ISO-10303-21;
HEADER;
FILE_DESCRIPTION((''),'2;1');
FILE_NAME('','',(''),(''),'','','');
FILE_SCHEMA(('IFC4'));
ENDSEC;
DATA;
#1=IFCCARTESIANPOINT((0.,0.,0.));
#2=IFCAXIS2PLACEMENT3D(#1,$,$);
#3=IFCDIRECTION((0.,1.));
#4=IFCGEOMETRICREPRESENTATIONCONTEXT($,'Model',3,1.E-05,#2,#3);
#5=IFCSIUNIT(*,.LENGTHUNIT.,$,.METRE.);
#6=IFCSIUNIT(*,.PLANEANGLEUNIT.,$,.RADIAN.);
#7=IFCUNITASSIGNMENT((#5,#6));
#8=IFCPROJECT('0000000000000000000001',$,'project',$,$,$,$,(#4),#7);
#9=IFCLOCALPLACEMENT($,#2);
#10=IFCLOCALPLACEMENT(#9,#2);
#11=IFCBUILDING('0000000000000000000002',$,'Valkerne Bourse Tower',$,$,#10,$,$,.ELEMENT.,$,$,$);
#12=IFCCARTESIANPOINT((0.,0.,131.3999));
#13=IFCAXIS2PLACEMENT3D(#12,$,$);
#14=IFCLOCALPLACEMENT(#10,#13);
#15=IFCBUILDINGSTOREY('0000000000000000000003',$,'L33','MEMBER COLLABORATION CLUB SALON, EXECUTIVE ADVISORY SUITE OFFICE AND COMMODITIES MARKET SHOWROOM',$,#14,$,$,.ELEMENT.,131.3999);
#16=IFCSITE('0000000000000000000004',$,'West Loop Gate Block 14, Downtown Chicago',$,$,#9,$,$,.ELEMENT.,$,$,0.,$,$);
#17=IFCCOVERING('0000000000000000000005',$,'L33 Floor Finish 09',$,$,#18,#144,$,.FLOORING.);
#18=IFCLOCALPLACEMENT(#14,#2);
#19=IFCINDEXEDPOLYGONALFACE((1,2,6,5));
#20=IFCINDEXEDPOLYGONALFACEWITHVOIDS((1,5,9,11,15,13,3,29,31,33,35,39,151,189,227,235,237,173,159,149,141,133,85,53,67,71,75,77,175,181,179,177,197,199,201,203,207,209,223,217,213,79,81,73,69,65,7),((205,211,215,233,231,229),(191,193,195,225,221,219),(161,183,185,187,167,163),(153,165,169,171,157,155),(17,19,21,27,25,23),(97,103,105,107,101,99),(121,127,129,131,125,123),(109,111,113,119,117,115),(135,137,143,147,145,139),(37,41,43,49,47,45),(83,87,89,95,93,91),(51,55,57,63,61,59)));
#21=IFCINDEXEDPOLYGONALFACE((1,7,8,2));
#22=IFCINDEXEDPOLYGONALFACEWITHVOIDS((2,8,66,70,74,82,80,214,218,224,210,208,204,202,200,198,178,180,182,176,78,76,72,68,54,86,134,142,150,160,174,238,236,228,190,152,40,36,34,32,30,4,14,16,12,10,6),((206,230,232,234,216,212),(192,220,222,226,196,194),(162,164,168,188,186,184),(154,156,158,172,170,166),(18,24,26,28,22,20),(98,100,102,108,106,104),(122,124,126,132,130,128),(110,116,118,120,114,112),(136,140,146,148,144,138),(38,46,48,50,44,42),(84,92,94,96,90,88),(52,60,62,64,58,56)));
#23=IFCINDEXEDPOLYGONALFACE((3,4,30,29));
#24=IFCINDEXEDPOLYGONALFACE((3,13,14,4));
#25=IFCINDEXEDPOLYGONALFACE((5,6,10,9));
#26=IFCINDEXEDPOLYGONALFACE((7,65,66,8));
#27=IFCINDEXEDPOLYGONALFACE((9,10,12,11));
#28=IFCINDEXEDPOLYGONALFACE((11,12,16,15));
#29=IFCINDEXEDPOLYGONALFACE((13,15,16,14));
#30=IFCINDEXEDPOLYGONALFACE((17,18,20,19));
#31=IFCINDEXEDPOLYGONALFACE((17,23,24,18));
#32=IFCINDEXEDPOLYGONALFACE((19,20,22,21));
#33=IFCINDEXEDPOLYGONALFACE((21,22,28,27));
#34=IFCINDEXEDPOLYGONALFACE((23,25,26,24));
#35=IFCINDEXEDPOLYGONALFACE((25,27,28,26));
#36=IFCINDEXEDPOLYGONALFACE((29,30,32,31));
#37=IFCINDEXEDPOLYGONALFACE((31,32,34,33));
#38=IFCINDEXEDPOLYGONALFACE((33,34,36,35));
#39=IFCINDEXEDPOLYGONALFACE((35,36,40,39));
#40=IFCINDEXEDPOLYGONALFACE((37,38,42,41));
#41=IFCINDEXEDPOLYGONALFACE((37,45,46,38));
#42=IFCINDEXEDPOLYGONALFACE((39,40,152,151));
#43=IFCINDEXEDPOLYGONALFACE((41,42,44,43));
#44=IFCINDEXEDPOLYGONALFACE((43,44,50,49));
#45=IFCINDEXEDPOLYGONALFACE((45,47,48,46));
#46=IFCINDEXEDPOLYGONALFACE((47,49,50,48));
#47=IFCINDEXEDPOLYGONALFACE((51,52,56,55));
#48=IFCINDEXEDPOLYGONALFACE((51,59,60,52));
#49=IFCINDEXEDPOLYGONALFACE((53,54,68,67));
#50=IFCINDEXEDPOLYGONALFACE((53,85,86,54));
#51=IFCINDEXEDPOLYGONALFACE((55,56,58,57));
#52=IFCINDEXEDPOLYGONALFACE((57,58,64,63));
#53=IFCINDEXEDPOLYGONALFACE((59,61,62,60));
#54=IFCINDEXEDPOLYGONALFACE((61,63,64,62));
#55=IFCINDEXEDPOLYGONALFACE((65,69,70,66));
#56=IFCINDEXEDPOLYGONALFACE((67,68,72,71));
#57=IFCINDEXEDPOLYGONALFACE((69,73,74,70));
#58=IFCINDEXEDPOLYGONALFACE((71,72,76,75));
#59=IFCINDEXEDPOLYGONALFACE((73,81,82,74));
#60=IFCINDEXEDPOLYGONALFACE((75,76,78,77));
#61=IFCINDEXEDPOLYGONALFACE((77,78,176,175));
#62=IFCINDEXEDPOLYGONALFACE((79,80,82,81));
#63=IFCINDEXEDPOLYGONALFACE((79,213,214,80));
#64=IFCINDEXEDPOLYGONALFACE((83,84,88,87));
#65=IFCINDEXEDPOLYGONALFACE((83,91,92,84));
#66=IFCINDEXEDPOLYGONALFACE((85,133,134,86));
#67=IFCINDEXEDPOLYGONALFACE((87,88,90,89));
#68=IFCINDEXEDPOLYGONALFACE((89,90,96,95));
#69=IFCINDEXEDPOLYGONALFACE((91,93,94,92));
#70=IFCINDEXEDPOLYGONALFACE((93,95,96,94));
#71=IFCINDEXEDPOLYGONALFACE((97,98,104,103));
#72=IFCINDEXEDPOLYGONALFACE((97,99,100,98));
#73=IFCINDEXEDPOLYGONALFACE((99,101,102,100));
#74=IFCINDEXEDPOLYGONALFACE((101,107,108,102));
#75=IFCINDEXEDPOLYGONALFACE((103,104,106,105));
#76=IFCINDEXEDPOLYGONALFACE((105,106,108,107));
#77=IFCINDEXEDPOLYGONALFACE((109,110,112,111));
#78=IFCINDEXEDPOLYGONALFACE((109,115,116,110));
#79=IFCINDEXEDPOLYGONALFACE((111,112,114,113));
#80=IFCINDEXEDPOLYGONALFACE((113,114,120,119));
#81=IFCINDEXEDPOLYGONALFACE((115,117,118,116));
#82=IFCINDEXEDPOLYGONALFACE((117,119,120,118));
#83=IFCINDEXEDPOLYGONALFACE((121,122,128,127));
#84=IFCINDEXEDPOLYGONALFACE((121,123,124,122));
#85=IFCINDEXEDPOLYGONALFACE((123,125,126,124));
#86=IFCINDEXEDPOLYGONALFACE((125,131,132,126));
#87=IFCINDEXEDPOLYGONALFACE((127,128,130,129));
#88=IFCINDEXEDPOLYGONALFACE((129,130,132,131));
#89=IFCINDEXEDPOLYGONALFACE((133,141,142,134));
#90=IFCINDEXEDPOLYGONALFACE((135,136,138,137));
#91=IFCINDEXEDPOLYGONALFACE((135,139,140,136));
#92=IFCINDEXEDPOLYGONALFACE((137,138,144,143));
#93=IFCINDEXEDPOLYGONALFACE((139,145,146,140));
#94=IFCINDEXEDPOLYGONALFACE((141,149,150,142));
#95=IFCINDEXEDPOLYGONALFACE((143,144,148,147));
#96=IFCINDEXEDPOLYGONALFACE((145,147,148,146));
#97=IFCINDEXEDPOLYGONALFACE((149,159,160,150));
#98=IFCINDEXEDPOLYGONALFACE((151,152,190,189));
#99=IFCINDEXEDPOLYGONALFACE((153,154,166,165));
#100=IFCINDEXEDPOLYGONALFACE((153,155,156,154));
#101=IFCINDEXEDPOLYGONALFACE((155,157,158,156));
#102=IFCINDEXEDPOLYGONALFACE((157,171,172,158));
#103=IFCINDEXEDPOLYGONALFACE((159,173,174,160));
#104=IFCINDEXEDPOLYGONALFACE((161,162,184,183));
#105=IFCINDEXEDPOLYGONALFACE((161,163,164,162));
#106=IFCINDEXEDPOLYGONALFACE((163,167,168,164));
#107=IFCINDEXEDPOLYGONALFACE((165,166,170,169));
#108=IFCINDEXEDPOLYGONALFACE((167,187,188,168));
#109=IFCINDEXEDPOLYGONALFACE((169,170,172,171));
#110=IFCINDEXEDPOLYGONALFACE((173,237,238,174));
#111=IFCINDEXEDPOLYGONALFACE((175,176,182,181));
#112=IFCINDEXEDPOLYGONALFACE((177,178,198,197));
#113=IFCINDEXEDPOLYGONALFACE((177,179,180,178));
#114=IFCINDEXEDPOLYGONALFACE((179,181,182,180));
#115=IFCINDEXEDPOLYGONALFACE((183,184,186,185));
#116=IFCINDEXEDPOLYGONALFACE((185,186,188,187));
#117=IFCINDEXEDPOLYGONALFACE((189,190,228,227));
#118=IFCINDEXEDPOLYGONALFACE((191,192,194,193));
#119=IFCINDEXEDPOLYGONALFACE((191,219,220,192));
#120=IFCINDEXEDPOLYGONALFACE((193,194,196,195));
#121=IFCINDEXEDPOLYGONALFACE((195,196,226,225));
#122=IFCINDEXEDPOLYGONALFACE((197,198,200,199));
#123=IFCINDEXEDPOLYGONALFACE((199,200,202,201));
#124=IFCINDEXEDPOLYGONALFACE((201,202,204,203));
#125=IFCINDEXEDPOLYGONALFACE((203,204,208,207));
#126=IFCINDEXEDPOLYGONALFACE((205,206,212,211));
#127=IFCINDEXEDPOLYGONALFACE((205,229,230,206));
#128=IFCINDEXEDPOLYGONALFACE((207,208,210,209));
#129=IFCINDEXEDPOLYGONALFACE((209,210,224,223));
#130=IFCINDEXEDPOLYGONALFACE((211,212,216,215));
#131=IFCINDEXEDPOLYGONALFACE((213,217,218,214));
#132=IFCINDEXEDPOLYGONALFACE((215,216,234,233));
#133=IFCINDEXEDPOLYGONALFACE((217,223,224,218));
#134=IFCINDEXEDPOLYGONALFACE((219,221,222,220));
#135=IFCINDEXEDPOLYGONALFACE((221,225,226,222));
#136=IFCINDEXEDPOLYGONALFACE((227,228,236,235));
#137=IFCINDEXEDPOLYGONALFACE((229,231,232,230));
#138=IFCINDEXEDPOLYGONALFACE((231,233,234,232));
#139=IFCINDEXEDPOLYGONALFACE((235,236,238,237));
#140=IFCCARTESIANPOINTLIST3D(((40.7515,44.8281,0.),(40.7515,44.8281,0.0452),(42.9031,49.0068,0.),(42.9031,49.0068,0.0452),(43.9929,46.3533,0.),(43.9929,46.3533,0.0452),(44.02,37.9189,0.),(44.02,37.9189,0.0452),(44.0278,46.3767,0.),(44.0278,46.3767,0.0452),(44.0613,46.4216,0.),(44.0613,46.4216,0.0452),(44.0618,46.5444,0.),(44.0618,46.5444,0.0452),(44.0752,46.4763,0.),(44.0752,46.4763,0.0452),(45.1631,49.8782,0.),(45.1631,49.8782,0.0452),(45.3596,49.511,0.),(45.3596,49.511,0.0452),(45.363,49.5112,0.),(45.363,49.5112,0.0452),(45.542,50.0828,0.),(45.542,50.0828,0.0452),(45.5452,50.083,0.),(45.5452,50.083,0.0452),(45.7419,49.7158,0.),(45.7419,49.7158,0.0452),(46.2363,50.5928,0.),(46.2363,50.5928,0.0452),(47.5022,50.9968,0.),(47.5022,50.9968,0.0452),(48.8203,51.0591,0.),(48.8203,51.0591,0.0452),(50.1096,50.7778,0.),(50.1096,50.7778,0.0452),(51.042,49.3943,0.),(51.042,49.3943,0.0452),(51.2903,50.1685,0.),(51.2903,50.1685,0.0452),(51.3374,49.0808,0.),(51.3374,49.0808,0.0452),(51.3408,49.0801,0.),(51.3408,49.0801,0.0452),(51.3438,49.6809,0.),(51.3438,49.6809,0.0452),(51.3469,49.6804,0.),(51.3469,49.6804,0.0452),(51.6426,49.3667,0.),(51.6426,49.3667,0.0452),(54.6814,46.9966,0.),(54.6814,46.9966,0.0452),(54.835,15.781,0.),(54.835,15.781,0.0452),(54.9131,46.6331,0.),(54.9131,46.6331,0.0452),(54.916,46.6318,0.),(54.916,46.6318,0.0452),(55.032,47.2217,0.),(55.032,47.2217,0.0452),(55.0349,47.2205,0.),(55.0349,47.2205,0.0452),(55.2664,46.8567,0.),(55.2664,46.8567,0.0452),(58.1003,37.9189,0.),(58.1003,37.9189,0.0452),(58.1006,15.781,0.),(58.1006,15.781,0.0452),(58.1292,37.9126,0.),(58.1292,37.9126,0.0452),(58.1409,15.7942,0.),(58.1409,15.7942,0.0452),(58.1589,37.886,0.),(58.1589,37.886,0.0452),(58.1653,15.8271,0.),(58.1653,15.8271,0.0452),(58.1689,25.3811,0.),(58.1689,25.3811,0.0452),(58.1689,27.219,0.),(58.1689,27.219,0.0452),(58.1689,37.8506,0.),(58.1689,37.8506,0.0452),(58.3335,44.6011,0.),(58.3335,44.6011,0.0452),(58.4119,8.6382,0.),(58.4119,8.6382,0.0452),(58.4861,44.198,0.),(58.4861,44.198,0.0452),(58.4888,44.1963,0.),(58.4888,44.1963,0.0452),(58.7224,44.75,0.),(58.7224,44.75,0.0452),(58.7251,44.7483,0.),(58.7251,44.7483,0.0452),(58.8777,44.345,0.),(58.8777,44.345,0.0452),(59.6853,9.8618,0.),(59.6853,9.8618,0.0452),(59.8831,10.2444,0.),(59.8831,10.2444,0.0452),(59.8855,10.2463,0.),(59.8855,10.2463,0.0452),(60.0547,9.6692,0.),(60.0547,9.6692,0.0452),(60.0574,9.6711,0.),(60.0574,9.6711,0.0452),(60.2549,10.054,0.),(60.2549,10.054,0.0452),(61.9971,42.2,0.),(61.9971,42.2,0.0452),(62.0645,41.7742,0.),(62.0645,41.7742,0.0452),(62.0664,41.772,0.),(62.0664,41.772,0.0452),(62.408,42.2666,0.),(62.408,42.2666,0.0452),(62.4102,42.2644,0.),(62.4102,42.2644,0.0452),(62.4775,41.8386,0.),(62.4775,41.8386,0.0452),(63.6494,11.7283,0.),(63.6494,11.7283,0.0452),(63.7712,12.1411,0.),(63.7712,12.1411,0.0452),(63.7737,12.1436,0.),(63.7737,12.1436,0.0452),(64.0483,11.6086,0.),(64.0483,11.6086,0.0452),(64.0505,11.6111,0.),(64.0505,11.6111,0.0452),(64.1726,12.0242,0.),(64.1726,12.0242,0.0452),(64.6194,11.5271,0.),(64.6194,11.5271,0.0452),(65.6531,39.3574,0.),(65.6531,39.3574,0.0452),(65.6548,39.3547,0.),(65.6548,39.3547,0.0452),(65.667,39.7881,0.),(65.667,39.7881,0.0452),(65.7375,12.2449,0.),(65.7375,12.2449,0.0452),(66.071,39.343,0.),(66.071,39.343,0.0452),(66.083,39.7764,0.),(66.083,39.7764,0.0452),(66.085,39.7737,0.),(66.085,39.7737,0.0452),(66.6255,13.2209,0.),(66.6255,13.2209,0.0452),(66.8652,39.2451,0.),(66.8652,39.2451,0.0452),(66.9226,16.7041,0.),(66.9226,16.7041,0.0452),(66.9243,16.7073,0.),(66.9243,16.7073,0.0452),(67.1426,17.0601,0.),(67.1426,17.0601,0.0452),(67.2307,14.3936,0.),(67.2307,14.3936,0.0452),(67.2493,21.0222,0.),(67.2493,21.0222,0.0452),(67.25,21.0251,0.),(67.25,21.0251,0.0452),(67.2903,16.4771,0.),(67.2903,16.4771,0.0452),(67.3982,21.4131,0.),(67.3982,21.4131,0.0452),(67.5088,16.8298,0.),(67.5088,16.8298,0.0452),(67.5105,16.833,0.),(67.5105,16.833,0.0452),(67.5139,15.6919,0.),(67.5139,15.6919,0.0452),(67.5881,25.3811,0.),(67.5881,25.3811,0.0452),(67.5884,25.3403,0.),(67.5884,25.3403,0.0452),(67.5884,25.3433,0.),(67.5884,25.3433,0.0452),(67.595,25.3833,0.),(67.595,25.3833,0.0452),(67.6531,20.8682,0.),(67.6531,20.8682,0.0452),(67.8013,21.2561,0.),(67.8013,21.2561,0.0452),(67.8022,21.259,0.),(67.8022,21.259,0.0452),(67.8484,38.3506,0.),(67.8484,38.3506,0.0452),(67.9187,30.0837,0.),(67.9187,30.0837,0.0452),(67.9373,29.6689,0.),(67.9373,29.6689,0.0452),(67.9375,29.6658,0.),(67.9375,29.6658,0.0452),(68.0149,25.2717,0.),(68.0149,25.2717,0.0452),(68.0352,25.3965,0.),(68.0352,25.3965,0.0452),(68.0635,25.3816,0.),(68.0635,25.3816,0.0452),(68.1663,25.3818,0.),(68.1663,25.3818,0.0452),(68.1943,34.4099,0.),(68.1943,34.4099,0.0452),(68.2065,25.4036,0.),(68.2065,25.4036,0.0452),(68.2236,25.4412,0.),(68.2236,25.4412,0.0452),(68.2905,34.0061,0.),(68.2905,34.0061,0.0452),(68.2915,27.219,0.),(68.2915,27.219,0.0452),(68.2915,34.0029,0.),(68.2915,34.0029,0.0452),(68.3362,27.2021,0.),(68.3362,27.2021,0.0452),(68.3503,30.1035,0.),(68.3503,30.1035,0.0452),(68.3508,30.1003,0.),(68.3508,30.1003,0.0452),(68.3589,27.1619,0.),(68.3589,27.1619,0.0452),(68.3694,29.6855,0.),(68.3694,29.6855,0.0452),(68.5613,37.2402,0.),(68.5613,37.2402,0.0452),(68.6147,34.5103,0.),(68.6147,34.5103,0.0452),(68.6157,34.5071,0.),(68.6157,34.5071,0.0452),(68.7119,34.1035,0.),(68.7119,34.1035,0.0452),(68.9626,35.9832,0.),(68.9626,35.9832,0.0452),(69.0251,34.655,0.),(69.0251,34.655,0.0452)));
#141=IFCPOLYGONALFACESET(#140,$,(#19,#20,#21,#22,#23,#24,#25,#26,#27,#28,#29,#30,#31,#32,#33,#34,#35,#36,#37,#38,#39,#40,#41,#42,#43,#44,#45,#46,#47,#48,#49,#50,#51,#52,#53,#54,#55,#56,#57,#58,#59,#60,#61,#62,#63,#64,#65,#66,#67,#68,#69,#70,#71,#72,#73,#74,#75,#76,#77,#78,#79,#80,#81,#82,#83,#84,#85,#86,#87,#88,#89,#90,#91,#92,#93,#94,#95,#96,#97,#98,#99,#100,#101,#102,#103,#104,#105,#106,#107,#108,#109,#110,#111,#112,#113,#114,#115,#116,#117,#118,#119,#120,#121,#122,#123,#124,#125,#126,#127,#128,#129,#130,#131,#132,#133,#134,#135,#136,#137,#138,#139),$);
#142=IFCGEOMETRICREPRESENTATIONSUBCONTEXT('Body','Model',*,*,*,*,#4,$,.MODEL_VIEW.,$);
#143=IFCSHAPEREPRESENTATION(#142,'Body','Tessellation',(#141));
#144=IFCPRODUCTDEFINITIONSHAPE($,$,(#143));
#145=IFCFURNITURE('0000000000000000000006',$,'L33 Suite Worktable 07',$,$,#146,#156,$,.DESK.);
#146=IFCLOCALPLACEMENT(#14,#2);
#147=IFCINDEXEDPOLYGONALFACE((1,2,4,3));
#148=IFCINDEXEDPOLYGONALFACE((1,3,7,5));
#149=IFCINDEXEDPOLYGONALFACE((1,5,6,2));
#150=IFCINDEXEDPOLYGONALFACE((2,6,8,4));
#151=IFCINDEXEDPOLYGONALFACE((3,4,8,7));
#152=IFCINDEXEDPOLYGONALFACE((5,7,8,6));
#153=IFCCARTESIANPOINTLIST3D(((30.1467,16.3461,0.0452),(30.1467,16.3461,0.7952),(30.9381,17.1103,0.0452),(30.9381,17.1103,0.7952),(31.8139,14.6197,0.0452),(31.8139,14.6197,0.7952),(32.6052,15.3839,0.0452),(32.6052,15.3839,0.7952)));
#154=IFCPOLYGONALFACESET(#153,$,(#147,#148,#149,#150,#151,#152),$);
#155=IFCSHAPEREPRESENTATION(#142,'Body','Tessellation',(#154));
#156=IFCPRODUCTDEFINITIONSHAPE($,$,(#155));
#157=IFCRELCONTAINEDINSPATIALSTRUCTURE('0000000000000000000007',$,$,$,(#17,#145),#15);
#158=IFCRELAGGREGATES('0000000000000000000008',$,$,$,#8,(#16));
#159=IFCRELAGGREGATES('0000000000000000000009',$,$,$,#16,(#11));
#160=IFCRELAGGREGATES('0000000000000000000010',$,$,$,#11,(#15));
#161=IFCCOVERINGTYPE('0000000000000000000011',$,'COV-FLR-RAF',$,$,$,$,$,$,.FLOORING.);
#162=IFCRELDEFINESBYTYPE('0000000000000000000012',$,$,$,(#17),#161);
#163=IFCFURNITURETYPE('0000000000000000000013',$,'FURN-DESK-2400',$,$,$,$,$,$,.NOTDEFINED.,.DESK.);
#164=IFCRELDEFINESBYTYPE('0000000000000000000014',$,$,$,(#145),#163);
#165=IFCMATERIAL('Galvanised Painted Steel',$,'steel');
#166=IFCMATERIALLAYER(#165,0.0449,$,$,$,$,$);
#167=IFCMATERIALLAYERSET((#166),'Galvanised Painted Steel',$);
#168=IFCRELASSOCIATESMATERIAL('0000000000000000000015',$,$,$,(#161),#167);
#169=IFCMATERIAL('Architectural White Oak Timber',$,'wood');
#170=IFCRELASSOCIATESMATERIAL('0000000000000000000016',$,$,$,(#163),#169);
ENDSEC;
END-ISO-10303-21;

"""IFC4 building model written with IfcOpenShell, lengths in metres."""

from ifc_helpers import new_model, si_unit, direction, frame, origin, origin_2d, place, context, subcontext, project, spatial, polyline, rectangle, outline, extrude, material, layer, layer_set, type_object, element, save


model = new_model("IFC4")

# Units and contexts
model_context = context("Model", 3, precision=1e-05, world=origin(), true_north=direction((0.0, 1.0)))
body_context = subcontext(model_context, "Body", "Model", "MODEL_VIEW")
ifc_project = project(units=[si_unit("LENGTHUNIT", "METRE"), si_unit("PLANEANGLEUNIT", "RADIAN")], contexts=[model_context])

# Site, building, storey
site_placement = place(None, origin())
site = spatial("IfcSite", under=ifc_project, at=site_placement, Name="West Loop Gate Block 14, Downtown Chicago", CompositionType="ELEMENT", RefElevation=0.0)
building_placement = place(site_placement, origin())
building = spatial("IfcBuilding", under=site, at=building_placement, Name="Valkerne Bourse Tower", CompositionType="ELEMENT")
storey_placement = place(building_placement, frame((0.0, 0.0, 131.3999)))
storey = spatial("IfcBuildingStorey", under=building, at=storey_placement, Name="L33", Description="MEMBER COLLABORATION CLUB SALON, EXECUTIVE ADVISORY SUITE OFFICE AND COMMODITIES MARKET SHOWROOM", CompositionType="ELEMENT", Elevation=131.3999)

# Covering
ifc_material_1 = material(Name="Galvanised Painted Steel", Category="steel")
ifc_layer_1 = layer(ifc_material_1, 0.0449)
ifc_layer_set_1 = layer_set([ifc_layer_1], Name="Galvanised Painted Steel")
covering_type_1 = type_object("IfcCoveringType", Name="COV-FLR-RAF", PredefinedType="FLOORING", material=ifc_layer_set_1)
covering_1_placement = place(storey_placement, origin())
element("IfcCovering", 1, at=covering_1_placement, inside=storey, type_object=covering_type_1, Name="L33 Floor Finish 09", PredefinedType="FLOORING", context=body_context, shape_type="SweptSolid", body=[
    extrude(outline(polyline([(51.2903, 50.1685), (66.8652, 39.2451), (67.8484, 38.3506), (68.5613, 37.2402), (68.9626, 35.9832), (69.0251, 34.655), (67.5139, 15.6919), (67.2307, 14.3936), (66.6255, 13.2209), (65.7375, 12.2449), (64.6194, 11.5271), (58.4119, 8.6382), (54.835, 15.781), (58.1006, 15.781), (58.1409, 15.7942), (58.1653, 15.8271), (58.1689, 25.3811), (67.5881, 25.3811), (67.595, 25.3833), (67.5884, 25.3433), (67.5884, 25.3403), (68.0149, 25.2717), (68.0352, 25.3965), (68.0635, 25.3816), (68.1663, 25.3818), (68.2065, 25.4036), (68.2236, 25.4412), (68.3589, 27.1619), (68.3362, 27.2021), (68.2915, 27.219), (58.1689, 27.219), (58.1689, 37.8506), (58.1589, 37.886), (58.1292, 37.9126), (58.1003, 37.9189), (44.02, 37.9189), (40.7515, 44.8281), (43.9929, 46.3533), (44.0278, 46.3767), (44.0613, 46.4216), (44.0752, 46.4763), (44.0618, 46.5444), (42.9031, 49.0068), (46.2363, 50.5928), (47.5022, 50.9968), (48.8203, 51.0591), (50.1096, 50.7778), (51.2903, 50.1685)]), holes=[polyline([(51.3469, 49.6804), (51.3438, 49.6809), (51.042, 49.3943), (51.3374, 49.0808), (51.3408, 49.0801), (51.6426, 49.3667), (51.3469, 49.6804)]), polyline([(45.7419, 49.7158), (45.5452, 50.083), (45.542, 50.0828), (45.1631, 49.8782), (45.3596, 49.511), (45.363, 49.5112), (45.7419, 49.7158)]), polyline([(60.0574, 9.6711), (60.2549, 10.054), (59.8855, 10.2463), (59.8831, 10.2444), (59.6853, 9.8618), (60.0547, 9.6692), (60.0574, 9.6711)]), polyline([(64.1726, 12.0242), (63.7737, 12.1436), (63.7712, 12.1411), (63.6494, 11.7283), (64.0483, 11.6086), (64.0505, 11.6111), (64.1726, 12.0242)]), polyline([(67.5105, 16.833), (67.1426, 17.0601), (66.9243, 16.7073), (66.9226, 16.7041), (67.2903, 16.4771), (67.5088, 16.8298), (67.5105, 16.833)]), polyline([(67.8022, 21.259), (67.3982, 21.4131), (67.25, 21.0251), (67.2493, 21.0222), (67.6531, 20.8682), (67.8013, 21.2561), (67.8022, 21.259)]), polyline([(68.3694, 29.6855), (68.3508, 30.1003), (68.3503, 30.1035), (67.9187, 30.0837), (67.9373, 29.6689), (67.9375, 29.6658), (68.3694, 29.6855)]), polyline([(68.6157, 34.5071), (68.6147, 34.5103), (68.1943, 34.4099), (68.2905, 34.0061), (68.2915, 34.0029), (68.7119, 34.1035), (68.6157, 34.5071)]), polyline([(66.085, 39.7737), (66.083, 39.7764), (65.667, 39.7881), (65.6531, 39.3574), (65.6548, 39.3547), (66.071, 39.343), (66.085, 39.7737)]), polyline([(62.4775, 41.8386), (62.4102, 42.2644), (62.408, 42.2666), (61.9971, 42.2), (62.0645, 41.7742), (62.0664, 41.772), (62.4775, 41.8386)]), polyline([(58.7251, 44.7483), (58.7224, 44.75), (58.3335, 44.6011), (58.4861, 44.198), (58.4888, 44.1963), (58.8777, 44.345), (58.7251, 44.7483)]), polyline([(55.2664, 46.8567), (55.0349, 47.2205), (55.032, 47.2217), (54.6814, 46.9966), (54.9131, 46.6331), (54.916, 46.6318), (55.2664, 46.8567)])]), origin(), (0.0, 0.0, 1.0), 0.0452),
])

# Furniture
ifc_material_2 = material(Name="Architectural White Oak Timber", Category="wood")
furniture_type = type_object("IfcFurnitureType", Name="FURN-DESK-2400", AssemblyPlace="NOTDEFINED", PredefinedType="DESK", material=ifc_material_2)
furniture_placement = place(storey_placement, frame((31.376, 15.865, 0.0452), z_axis=(0.0, 0.0, 1.0), x_axis=(-0.694658, 0.71934, 0.0)))
element("IfcFurniture", 2, at=furniture_placement, inside=storey, type_object=furniture_type, Name="L33 Suite Worktable 07", PredefinedType="DESK", context=body_context, shape_type="SweptSolid", body=[
    extrude(rectangle(XDim=2.3999, YDim=1.1001, at=origin_2d()), origin(), (0.0, 0.0, 1.0), 0.75),
])

save(model, "model.ifc")
